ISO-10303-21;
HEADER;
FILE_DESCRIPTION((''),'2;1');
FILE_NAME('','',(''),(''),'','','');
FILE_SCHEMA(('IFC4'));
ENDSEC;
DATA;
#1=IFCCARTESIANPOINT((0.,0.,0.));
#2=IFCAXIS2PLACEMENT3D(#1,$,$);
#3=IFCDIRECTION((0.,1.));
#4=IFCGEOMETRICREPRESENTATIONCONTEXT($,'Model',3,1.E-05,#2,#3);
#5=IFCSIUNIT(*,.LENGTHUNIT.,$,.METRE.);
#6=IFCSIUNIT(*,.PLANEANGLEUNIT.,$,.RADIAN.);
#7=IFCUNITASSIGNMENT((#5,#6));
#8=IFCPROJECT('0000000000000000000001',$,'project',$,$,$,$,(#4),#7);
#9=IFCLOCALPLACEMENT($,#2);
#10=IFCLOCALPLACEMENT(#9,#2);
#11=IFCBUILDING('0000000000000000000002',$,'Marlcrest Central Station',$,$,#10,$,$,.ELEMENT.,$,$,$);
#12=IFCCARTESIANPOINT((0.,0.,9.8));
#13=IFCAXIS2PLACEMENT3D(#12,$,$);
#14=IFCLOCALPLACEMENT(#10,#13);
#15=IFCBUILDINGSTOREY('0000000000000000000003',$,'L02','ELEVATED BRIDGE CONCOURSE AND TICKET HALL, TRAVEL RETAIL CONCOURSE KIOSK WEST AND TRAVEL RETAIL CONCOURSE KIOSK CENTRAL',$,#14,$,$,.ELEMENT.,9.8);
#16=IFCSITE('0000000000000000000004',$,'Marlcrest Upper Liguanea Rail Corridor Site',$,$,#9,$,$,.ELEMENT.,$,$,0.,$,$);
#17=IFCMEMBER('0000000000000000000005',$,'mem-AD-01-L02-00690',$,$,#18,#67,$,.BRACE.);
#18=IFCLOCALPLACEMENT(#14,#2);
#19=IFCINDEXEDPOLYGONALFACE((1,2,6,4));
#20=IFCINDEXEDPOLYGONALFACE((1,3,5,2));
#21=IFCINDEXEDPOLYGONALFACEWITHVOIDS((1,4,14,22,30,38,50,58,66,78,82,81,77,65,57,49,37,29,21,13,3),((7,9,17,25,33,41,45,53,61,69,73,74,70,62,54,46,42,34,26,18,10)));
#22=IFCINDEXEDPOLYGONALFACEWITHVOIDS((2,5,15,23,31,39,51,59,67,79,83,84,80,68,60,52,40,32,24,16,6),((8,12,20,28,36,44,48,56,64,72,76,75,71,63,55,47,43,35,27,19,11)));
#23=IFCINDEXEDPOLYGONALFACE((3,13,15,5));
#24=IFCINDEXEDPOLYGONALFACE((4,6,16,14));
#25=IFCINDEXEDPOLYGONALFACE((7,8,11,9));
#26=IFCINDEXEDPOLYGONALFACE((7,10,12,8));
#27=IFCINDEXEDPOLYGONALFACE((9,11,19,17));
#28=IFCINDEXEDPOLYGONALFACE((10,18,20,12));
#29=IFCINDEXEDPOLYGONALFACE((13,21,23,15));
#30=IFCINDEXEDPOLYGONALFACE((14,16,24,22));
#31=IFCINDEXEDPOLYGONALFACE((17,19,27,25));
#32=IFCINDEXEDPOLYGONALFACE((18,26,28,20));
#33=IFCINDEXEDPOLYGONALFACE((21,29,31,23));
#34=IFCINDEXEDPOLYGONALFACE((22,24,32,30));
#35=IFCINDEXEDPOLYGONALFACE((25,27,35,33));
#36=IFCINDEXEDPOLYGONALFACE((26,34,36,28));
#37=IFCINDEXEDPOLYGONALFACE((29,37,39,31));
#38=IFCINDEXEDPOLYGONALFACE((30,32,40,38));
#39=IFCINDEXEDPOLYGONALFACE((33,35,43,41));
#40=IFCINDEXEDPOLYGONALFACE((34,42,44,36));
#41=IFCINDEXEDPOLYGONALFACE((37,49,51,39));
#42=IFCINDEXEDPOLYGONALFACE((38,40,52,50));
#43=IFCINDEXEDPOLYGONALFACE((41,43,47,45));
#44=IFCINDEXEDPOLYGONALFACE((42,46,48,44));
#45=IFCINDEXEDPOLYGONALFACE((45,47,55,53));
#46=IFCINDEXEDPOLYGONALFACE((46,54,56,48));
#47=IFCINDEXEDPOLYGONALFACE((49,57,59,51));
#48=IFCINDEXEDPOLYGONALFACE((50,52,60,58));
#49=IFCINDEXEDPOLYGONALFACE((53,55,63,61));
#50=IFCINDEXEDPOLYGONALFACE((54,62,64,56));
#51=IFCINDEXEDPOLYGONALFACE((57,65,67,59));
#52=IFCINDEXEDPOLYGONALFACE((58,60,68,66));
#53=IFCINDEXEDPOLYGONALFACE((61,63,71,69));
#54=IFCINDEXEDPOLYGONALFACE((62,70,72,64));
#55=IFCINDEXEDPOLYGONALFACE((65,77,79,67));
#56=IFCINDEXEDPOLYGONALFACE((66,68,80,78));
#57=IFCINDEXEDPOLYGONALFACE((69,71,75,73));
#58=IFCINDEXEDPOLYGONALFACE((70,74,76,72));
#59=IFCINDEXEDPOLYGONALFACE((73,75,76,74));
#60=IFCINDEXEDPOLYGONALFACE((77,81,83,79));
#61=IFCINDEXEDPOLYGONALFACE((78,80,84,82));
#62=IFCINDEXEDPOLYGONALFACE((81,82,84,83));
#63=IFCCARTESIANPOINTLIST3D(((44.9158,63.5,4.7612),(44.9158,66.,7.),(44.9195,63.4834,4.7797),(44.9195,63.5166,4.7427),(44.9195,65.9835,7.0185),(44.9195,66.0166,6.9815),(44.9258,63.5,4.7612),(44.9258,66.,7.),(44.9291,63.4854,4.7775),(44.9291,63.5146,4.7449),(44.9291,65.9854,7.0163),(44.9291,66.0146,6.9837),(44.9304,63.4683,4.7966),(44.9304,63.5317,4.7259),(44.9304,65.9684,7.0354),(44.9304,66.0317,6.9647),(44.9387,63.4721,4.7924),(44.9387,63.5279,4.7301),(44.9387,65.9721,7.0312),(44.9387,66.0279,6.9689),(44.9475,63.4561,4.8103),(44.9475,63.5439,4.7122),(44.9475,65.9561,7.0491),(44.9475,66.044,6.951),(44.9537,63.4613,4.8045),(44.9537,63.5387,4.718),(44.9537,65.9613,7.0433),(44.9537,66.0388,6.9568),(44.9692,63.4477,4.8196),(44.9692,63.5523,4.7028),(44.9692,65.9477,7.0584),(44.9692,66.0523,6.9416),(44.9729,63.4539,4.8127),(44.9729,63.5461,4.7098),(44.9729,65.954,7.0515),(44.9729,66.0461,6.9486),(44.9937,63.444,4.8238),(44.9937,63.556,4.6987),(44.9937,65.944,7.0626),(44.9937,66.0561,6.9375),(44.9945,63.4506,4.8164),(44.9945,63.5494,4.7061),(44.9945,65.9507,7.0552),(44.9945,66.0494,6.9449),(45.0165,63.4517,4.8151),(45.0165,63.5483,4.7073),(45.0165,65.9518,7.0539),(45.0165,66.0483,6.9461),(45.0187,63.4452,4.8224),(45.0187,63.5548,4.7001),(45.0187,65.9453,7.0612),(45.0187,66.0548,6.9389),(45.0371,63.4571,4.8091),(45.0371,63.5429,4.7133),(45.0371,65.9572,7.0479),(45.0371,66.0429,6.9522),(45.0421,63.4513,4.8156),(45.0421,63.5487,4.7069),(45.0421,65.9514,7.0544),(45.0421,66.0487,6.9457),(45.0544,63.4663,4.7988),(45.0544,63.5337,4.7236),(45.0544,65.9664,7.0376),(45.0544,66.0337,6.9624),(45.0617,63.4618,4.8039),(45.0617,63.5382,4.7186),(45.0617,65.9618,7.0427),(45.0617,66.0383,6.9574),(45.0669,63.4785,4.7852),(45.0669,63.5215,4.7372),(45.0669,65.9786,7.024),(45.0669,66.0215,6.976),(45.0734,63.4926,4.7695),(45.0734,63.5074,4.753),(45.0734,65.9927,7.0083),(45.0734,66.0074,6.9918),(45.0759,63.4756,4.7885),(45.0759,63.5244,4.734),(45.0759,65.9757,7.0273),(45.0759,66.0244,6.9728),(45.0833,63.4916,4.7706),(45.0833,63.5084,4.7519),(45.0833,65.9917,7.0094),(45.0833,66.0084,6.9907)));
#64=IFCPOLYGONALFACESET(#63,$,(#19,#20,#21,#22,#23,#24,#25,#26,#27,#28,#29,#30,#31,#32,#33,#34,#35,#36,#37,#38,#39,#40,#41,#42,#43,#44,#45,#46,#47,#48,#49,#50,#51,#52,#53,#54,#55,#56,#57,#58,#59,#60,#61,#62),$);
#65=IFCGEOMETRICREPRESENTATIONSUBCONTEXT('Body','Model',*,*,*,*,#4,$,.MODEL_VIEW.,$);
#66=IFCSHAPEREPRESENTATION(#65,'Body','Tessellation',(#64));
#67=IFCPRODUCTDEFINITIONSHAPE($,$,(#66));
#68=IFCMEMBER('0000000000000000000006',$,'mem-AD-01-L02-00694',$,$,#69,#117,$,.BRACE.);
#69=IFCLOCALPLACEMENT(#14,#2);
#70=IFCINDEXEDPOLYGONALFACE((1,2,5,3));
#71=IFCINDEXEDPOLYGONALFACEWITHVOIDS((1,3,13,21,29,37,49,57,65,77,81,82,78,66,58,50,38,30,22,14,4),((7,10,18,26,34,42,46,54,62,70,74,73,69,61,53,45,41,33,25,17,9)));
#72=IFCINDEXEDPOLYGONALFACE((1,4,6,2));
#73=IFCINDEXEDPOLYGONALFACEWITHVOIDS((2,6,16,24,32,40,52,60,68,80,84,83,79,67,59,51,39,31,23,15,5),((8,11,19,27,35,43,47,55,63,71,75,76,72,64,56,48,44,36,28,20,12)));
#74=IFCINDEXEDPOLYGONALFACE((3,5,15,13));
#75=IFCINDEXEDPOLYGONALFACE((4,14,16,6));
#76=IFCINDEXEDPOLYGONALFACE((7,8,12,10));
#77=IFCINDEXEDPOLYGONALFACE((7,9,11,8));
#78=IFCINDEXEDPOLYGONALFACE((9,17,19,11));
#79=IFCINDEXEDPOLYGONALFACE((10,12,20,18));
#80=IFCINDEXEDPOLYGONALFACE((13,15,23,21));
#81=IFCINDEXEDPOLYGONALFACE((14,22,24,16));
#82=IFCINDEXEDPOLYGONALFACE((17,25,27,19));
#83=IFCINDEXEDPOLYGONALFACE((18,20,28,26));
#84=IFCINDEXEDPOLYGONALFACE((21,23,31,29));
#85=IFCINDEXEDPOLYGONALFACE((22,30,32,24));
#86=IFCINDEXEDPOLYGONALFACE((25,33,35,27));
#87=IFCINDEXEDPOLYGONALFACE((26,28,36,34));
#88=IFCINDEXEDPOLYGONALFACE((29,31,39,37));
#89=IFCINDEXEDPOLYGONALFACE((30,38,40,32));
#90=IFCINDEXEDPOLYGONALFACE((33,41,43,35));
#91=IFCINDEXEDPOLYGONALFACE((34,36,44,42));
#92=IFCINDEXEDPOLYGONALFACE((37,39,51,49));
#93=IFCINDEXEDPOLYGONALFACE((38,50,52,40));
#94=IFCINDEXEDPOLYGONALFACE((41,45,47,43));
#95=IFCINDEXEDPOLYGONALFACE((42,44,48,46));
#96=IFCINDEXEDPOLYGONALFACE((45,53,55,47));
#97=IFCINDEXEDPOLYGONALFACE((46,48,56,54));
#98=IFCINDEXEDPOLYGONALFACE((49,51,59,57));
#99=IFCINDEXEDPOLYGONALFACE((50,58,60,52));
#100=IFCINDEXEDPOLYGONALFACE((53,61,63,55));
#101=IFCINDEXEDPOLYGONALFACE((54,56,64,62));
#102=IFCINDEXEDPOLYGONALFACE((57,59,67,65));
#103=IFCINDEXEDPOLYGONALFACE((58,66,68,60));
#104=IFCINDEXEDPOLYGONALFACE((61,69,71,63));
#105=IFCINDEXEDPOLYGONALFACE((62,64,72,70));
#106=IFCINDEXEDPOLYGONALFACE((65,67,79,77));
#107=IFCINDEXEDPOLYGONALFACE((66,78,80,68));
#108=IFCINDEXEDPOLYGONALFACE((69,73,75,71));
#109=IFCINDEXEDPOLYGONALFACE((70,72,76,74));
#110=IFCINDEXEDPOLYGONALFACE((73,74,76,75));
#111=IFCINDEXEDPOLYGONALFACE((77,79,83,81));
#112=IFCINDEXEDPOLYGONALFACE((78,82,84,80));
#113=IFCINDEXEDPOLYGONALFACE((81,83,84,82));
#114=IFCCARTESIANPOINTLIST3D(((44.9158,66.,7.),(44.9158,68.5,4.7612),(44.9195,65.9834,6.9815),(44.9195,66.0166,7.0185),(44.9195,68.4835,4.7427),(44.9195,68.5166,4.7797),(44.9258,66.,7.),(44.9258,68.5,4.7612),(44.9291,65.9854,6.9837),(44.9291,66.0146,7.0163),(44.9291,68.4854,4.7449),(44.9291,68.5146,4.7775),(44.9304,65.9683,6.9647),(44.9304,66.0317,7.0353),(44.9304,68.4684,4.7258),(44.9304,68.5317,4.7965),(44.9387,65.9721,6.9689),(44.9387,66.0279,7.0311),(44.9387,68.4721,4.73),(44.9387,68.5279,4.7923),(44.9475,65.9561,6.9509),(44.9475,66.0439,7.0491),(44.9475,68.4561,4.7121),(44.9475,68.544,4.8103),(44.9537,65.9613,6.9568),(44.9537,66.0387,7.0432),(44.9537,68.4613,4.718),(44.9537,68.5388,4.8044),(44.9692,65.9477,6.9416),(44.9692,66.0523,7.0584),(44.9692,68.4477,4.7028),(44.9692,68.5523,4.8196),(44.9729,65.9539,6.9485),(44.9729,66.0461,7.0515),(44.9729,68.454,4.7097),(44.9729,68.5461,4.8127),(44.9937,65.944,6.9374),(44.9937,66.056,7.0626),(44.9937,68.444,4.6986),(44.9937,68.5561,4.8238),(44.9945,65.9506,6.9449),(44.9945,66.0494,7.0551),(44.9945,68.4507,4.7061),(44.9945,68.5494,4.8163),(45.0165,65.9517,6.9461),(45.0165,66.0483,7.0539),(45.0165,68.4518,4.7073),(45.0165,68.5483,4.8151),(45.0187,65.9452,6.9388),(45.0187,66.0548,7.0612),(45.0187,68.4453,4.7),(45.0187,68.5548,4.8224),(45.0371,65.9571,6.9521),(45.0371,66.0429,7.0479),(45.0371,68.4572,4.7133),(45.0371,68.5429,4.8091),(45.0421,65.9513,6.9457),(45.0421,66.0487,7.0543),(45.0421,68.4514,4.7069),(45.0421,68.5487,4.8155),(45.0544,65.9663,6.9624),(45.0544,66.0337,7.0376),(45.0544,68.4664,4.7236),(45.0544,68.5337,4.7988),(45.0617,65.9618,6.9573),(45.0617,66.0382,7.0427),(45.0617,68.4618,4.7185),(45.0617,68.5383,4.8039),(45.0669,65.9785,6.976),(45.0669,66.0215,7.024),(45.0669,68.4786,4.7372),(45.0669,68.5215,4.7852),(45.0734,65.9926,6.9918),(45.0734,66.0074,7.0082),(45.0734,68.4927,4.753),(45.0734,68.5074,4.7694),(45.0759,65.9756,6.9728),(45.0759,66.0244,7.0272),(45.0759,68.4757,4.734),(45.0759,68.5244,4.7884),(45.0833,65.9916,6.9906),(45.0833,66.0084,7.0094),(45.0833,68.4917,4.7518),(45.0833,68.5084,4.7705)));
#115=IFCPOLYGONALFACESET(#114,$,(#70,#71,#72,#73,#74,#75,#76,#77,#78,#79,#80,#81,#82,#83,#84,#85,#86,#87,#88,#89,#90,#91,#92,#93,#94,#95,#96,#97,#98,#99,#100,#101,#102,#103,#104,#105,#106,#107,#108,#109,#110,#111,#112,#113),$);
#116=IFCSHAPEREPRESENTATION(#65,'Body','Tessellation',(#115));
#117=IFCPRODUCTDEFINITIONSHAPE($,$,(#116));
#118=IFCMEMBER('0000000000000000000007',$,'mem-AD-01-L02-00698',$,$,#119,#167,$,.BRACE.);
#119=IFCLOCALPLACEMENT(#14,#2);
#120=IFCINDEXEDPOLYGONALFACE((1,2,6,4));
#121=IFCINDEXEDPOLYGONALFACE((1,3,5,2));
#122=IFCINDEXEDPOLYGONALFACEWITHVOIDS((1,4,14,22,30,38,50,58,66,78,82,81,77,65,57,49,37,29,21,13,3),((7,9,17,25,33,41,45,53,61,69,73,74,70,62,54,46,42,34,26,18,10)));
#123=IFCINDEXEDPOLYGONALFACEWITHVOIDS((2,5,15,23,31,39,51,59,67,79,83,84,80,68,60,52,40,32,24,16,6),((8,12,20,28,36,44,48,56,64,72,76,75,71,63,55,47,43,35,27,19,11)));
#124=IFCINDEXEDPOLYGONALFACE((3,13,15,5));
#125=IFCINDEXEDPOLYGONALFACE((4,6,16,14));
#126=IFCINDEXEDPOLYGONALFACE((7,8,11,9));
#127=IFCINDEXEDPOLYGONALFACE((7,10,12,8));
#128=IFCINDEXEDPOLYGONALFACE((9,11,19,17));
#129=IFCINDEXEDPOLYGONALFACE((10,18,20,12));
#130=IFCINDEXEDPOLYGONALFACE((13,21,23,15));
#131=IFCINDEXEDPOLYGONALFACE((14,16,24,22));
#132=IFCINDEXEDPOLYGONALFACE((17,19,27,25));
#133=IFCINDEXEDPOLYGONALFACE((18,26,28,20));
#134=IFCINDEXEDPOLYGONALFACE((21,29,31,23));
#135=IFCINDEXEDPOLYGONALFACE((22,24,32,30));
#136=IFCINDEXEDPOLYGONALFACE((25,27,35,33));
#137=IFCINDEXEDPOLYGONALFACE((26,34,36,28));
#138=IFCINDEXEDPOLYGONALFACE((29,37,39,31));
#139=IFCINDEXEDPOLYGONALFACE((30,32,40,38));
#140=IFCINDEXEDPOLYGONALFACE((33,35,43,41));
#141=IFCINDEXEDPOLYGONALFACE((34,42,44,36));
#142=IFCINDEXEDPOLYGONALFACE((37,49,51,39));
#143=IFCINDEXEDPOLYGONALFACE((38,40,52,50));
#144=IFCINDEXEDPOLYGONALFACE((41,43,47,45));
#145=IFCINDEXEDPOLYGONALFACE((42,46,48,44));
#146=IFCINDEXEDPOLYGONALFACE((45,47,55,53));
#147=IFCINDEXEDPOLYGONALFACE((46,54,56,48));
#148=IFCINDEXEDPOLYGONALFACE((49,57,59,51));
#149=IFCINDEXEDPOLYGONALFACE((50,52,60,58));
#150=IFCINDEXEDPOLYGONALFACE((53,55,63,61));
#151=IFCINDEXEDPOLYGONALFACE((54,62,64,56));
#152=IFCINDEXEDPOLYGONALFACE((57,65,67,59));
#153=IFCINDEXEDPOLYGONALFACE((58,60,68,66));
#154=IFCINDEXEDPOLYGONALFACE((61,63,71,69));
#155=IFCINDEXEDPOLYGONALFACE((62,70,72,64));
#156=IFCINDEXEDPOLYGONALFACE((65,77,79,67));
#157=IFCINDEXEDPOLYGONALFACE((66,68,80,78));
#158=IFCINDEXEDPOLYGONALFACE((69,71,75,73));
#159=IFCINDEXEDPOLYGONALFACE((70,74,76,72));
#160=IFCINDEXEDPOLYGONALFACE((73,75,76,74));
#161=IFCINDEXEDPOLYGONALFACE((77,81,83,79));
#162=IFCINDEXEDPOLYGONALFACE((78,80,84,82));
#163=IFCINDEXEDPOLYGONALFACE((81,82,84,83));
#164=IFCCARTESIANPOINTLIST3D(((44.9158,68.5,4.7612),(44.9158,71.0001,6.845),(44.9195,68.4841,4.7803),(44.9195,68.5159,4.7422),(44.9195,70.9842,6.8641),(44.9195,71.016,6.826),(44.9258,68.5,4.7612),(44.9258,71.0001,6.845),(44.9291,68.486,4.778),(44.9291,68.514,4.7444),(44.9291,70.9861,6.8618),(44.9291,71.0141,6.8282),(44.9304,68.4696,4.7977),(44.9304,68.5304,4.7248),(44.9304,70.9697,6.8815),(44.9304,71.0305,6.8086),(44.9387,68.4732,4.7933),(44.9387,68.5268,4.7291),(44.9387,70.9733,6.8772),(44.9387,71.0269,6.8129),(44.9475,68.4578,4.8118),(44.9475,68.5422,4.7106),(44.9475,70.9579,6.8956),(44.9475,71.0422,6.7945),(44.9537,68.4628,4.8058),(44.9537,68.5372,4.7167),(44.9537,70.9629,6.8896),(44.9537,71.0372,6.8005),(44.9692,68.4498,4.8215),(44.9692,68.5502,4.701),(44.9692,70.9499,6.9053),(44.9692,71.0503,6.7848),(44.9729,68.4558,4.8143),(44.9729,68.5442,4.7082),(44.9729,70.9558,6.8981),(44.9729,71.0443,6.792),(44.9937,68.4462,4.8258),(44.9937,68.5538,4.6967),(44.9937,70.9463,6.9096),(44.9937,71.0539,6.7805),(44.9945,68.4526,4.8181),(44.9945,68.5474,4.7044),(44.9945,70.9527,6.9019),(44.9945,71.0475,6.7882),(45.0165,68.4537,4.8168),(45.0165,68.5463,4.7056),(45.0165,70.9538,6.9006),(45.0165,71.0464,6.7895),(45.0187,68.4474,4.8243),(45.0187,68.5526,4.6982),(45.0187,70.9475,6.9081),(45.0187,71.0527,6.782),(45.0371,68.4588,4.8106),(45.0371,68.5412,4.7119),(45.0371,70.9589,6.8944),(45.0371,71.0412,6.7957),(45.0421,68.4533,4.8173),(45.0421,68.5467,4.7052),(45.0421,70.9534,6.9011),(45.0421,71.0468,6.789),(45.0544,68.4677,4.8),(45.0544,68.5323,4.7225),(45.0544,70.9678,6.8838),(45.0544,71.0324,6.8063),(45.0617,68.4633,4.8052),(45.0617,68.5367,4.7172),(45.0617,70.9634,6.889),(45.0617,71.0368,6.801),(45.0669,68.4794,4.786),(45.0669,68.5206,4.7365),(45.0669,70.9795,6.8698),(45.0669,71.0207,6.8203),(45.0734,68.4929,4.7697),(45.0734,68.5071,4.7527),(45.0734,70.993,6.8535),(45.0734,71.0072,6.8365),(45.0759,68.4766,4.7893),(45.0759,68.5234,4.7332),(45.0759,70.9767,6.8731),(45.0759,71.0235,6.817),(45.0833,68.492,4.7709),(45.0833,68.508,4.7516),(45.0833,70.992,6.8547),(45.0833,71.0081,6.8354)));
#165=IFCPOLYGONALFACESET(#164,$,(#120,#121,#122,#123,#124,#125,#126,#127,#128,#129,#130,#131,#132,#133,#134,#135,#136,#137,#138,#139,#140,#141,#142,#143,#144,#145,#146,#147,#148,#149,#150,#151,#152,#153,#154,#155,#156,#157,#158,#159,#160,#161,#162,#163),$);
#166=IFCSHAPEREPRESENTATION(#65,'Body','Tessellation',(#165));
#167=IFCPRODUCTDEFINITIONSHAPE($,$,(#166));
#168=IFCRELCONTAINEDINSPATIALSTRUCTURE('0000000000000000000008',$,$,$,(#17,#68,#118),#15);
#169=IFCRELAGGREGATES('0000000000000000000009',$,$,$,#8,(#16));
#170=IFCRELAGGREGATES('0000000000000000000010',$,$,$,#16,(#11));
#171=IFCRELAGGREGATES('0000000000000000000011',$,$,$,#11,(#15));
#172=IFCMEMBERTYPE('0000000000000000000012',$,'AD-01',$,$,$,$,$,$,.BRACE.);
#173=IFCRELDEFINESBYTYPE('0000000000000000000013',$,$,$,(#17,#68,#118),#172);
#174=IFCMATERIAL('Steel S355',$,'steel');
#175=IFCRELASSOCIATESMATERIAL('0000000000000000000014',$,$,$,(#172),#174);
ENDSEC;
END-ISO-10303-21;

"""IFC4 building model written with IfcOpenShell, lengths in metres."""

from ifc_helpers import new_model, si_unit, direction, frame, origin, origin_2d, place, context, subcontext, project, spatial, hollow_circle, extrude, material, material_profile, profile_set, type_object, element, save


model = new_model("IFC4")

# Units and contexts
model_context = context("Model", 3, precision=1e-05, world=origin(), true_north=direction((0.0, 1.0)))
body_context = subcontext(model_context, "Body", "Model", "MODEL_VIEW")
ifc_project = project(units=[si_unit("LENGTHUNIT", "METRE"), si_unit("PLANEANGLEUNIT", "RADIAN")], contexts=[model_context])

# Site, building, storey
site_placement = place(None, origin())
site = spatial("IfcSite", under=ifc_project, at=site_placement, Name="Marlcrest Upper Liguanea Rail Corridor Site", CompositionType="ELEMENT", RefElevation=0.0)
building_placement = place(site_placement, origin())
building = spatial("IfcBuilding", under=site, at=building_placement, Name="Marlcrest Central Station", CompositionType="ELEMENT")
storey_placement = place(building_placement, frame((0.0, 0.0, 9.8)))
storey = spatial("IfcBuildingStorey", under=building, at=storey_placement, Name="L02", Description="ELEVATED BRIDGE CONCOURSE AND TICKET HALL, TRAVEL RETAIL CONCOURSE KIOSK WEST AND TRAVEL RETAIL CONCOURSE KIOSK CENTRAL", CompositionType="ELEMENT", Elevation=9.8)

# Members
ifc_material = material(Name="Steel S355", Category="steel")
ifc_material_profile_1 = material_profile(ifc_material, hollow_circle(Radius=0.0842, WallThickness=0.01, at=origin_2d()), Name="CHS 168.3x10")
ifc_profile_set_1 = profile_set([ifc_material_profile_1], Name="Steel S355")
member_type_1 = type_object("IfcMemberType", Name="AD-01", PredefinedType="BRACE", material=ifc_profile_set_1)
for number, where, z_axis, x_axis, name in (
    (1, (45.0, 63.5, 4.7612), (0.0, 0.744956, 0.667114), (-1.0, 0.0, 0.0), "mem-AD-01-L02-00690"),
    (2, (45.0, 66.0, 7.0), (0.0, 0.744956, -0.667114), (-1.0, 0.0, 0.0), "mem-AD-01-L02-00694"),
):
    element("IfcMember", number, at=place(storey_placement, frame(where, z_axis=z_axis, x_axis=x_axis)), inside=storey, type_object=member_type_1, Name=name, PredefinedType="BRACE", context=body_context, shape_type="SweptSolid", body=[
        extrude(hollow_circle(Radius=0.0842, WallThickness=0.01, at=origin_2d()), origin(), (0.0, 0.0, 1.0), 3.356),
    ])
member_1_placement = place(storey_placement, frame((45.0, 68.5, 4.7612), z_axis=(0.0, 0.76816, 0.640258), x_axis=(-1.0, 0.0, 0.0)))
element("IfcMember", 3, at=member_1_placement, inside=storey, type_object=member_type_1, Name="mem-AD-01-L02-00698", PredefinedType="BRACE", context=body_context, shape_type="SweptSolid", body=[
    extrude(hollow_circle(Radius=0.0842, WallThickness=0.01, at=origin_2d()), origin(), (0.0, 0.0, 1.0), 3.2546),
])

save(model, "model.ifc")
